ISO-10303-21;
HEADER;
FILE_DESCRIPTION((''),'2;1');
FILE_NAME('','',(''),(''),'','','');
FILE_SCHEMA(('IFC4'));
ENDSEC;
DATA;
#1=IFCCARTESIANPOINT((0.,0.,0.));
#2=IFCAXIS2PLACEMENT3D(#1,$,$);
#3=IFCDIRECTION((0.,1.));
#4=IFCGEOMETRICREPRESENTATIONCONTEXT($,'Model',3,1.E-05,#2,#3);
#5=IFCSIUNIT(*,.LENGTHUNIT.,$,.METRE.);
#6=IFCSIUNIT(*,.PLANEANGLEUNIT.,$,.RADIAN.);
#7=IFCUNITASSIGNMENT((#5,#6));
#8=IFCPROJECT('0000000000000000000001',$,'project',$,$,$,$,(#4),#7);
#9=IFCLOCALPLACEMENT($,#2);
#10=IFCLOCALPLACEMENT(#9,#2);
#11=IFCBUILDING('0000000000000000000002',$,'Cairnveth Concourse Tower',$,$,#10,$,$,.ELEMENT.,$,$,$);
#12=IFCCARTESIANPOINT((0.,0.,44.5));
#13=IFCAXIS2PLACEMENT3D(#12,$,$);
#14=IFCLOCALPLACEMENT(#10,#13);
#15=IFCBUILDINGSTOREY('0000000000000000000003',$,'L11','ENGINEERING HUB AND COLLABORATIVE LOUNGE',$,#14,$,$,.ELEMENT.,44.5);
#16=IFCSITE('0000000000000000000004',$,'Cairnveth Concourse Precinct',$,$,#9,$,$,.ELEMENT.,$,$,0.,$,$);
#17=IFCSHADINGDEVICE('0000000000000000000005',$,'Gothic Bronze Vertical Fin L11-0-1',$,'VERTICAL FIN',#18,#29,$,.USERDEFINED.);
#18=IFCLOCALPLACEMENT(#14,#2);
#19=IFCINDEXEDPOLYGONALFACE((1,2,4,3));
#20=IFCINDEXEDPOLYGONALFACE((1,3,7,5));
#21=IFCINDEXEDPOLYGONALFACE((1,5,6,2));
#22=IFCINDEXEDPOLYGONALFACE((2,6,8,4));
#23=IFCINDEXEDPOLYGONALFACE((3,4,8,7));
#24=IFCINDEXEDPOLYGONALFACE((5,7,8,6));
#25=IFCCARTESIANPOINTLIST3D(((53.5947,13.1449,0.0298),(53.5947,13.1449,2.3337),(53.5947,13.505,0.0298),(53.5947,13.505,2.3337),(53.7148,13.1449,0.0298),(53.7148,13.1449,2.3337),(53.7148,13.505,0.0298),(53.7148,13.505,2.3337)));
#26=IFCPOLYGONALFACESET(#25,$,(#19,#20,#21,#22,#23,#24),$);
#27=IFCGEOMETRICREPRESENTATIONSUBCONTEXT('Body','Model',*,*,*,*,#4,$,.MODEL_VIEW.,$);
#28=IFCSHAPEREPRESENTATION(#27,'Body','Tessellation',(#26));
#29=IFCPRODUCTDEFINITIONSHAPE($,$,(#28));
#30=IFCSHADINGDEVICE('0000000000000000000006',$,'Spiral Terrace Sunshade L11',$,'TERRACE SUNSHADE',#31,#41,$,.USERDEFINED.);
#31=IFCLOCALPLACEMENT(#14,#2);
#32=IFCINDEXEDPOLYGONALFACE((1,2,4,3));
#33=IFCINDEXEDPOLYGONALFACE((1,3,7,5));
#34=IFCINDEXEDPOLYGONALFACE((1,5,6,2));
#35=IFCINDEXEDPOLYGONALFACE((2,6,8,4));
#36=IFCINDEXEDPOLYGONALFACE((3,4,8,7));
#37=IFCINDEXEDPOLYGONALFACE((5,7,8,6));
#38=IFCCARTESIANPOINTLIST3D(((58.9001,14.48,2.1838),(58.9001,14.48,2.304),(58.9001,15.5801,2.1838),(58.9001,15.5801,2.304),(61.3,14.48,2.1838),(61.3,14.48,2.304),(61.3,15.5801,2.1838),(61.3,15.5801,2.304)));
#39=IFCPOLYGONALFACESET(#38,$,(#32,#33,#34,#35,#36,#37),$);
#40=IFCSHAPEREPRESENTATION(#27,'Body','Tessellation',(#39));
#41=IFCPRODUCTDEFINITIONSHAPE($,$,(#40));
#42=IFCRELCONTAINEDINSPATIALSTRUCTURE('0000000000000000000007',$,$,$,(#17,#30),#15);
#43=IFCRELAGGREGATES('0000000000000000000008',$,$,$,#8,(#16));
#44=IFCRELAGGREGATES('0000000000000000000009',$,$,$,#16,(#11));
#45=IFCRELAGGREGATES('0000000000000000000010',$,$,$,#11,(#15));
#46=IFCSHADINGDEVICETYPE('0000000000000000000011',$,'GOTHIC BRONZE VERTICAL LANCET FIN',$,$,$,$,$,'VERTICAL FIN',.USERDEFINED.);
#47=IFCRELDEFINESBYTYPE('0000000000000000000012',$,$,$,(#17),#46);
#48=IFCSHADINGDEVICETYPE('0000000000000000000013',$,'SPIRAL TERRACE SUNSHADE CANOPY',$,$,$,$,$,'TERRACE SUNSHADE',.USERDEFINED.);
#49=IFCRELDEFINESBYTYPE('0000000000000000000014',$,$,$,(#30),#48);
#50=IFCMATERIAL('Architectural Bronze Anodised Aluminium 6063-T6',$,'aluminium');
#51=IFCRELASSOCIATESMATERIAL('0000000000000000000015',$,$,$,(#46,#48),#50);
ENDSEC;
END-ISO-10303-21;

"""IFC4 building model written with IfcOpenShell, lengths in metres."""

from ifc_helpers import new_model, si_unit, direction, frame, origin, origin_2d, place, context, subcontext, project, spatial, rectangle, extrude, material, type_object, element, save


model = new_model("IFC4")

# Units and contexts
model_context = context("Model", 3, precision=1e-05, world=origin(), true_north=direction((0.0, 1.0)))
body_context = subcontext(model_context, "Body", "Model", "MODEL_VIEW")
ifc_project = project(units=[si_unit("LENGTHUNIT", "METRE"), si_unit("PLANEANGLEUNIT", "RADIAN")], contexts=[model_context])

# Site, building, storey
site_placement = place(None, origin())
site = spatial("IfcSite", under=ifc_project, at=site_placement, Name="Cairnveth Concourse Precinct", CompositionType="ELEMENT", RefElevation=0.0)
building_placement = place(site_placement, origin())
building = spatial("IfcBuilding", under=site, at=building_placement, Name="Cairnveth Concourse Tower", CompositionType="ELEMENT")
storey_placement = place(building_placement, frame((0.0, 0.0, 44.5)))
storey = spatial("IfcBuildingStorey", under=building, at=storey_placement, Name="L11", Description="ENGINEERING HUB AND COLLABORATIVE LOUNGE", CompositionType="ELEMENT", Elevation=44.5)

# Shared definitions
ifc_material_1 = material(Name="Architectural Bronze Anodised Aluminium 6063-T6", Category="aluminium")

# Shading devices
shading_device_type_1 = type_object("IfcShadingDeviceType", Name="GOTHIC BRONZE VERTICAL LANCET FIN", ElementType="VERTICAL FIN", PredefinedType="USERDEFINED", material=ifc_material_1)
shading_device_1_placement = place(storey_placement, frame((53.6548, 13.325, 0.0298), z_axis=(0.0, 0.0, 1.0), x_axis=(1.0, 0.0, 0.0)))
element("IfcShadingDevice", 1, at=shading_device_1_placement, inside=storey, type_object=shading_device_type_1, Name="Gothic Bronze Vertical Fin L11-0-1", ObjectType="VERTICAL FIN", PredefinedType="USERDEFINED", context=body_context, shape_type="SweptSolid", body=[
    extrude(rectangle(XDim=0.1201, YDim=0.3601, at=origin_2d()), origin(), (0.0, 0.0, 1.0), 2.304),
])
shading_device_type_2 = type_object("IfcShadingDeviceType", Name="SPIRAL TERRACE SUNSHADE CANOPY", ElementType="TERRACE SUNSHADE", PredefinedType="USERDEFINED", material=ifc_material_1)
shading_device_2_placement = place(storey_placement, frame((60.1001, 15.03, 2.1838), z_axis=(0.0, 0.0, 1.0), x_axis=(1.0, 0.0, 0.0)))
element("IfcShadingDevice", 2, at=shading_device_2_placement, inside=storey, type_object=shading_device_type_2, Name="Spiral Terrace Sunshade L11", ObjectType="TERRACE SUNSHADE", PredefinedType="USERDEFINED", context=body_context, shape_type="SweptSolid", body=[
    extrude(rectangle(XDim=2.3999, YDim=1.1001, at=origin_2d()), origin(), (0.0, 0.0, 1.0), 0.1201),
])

save(model, "model.ifc")
